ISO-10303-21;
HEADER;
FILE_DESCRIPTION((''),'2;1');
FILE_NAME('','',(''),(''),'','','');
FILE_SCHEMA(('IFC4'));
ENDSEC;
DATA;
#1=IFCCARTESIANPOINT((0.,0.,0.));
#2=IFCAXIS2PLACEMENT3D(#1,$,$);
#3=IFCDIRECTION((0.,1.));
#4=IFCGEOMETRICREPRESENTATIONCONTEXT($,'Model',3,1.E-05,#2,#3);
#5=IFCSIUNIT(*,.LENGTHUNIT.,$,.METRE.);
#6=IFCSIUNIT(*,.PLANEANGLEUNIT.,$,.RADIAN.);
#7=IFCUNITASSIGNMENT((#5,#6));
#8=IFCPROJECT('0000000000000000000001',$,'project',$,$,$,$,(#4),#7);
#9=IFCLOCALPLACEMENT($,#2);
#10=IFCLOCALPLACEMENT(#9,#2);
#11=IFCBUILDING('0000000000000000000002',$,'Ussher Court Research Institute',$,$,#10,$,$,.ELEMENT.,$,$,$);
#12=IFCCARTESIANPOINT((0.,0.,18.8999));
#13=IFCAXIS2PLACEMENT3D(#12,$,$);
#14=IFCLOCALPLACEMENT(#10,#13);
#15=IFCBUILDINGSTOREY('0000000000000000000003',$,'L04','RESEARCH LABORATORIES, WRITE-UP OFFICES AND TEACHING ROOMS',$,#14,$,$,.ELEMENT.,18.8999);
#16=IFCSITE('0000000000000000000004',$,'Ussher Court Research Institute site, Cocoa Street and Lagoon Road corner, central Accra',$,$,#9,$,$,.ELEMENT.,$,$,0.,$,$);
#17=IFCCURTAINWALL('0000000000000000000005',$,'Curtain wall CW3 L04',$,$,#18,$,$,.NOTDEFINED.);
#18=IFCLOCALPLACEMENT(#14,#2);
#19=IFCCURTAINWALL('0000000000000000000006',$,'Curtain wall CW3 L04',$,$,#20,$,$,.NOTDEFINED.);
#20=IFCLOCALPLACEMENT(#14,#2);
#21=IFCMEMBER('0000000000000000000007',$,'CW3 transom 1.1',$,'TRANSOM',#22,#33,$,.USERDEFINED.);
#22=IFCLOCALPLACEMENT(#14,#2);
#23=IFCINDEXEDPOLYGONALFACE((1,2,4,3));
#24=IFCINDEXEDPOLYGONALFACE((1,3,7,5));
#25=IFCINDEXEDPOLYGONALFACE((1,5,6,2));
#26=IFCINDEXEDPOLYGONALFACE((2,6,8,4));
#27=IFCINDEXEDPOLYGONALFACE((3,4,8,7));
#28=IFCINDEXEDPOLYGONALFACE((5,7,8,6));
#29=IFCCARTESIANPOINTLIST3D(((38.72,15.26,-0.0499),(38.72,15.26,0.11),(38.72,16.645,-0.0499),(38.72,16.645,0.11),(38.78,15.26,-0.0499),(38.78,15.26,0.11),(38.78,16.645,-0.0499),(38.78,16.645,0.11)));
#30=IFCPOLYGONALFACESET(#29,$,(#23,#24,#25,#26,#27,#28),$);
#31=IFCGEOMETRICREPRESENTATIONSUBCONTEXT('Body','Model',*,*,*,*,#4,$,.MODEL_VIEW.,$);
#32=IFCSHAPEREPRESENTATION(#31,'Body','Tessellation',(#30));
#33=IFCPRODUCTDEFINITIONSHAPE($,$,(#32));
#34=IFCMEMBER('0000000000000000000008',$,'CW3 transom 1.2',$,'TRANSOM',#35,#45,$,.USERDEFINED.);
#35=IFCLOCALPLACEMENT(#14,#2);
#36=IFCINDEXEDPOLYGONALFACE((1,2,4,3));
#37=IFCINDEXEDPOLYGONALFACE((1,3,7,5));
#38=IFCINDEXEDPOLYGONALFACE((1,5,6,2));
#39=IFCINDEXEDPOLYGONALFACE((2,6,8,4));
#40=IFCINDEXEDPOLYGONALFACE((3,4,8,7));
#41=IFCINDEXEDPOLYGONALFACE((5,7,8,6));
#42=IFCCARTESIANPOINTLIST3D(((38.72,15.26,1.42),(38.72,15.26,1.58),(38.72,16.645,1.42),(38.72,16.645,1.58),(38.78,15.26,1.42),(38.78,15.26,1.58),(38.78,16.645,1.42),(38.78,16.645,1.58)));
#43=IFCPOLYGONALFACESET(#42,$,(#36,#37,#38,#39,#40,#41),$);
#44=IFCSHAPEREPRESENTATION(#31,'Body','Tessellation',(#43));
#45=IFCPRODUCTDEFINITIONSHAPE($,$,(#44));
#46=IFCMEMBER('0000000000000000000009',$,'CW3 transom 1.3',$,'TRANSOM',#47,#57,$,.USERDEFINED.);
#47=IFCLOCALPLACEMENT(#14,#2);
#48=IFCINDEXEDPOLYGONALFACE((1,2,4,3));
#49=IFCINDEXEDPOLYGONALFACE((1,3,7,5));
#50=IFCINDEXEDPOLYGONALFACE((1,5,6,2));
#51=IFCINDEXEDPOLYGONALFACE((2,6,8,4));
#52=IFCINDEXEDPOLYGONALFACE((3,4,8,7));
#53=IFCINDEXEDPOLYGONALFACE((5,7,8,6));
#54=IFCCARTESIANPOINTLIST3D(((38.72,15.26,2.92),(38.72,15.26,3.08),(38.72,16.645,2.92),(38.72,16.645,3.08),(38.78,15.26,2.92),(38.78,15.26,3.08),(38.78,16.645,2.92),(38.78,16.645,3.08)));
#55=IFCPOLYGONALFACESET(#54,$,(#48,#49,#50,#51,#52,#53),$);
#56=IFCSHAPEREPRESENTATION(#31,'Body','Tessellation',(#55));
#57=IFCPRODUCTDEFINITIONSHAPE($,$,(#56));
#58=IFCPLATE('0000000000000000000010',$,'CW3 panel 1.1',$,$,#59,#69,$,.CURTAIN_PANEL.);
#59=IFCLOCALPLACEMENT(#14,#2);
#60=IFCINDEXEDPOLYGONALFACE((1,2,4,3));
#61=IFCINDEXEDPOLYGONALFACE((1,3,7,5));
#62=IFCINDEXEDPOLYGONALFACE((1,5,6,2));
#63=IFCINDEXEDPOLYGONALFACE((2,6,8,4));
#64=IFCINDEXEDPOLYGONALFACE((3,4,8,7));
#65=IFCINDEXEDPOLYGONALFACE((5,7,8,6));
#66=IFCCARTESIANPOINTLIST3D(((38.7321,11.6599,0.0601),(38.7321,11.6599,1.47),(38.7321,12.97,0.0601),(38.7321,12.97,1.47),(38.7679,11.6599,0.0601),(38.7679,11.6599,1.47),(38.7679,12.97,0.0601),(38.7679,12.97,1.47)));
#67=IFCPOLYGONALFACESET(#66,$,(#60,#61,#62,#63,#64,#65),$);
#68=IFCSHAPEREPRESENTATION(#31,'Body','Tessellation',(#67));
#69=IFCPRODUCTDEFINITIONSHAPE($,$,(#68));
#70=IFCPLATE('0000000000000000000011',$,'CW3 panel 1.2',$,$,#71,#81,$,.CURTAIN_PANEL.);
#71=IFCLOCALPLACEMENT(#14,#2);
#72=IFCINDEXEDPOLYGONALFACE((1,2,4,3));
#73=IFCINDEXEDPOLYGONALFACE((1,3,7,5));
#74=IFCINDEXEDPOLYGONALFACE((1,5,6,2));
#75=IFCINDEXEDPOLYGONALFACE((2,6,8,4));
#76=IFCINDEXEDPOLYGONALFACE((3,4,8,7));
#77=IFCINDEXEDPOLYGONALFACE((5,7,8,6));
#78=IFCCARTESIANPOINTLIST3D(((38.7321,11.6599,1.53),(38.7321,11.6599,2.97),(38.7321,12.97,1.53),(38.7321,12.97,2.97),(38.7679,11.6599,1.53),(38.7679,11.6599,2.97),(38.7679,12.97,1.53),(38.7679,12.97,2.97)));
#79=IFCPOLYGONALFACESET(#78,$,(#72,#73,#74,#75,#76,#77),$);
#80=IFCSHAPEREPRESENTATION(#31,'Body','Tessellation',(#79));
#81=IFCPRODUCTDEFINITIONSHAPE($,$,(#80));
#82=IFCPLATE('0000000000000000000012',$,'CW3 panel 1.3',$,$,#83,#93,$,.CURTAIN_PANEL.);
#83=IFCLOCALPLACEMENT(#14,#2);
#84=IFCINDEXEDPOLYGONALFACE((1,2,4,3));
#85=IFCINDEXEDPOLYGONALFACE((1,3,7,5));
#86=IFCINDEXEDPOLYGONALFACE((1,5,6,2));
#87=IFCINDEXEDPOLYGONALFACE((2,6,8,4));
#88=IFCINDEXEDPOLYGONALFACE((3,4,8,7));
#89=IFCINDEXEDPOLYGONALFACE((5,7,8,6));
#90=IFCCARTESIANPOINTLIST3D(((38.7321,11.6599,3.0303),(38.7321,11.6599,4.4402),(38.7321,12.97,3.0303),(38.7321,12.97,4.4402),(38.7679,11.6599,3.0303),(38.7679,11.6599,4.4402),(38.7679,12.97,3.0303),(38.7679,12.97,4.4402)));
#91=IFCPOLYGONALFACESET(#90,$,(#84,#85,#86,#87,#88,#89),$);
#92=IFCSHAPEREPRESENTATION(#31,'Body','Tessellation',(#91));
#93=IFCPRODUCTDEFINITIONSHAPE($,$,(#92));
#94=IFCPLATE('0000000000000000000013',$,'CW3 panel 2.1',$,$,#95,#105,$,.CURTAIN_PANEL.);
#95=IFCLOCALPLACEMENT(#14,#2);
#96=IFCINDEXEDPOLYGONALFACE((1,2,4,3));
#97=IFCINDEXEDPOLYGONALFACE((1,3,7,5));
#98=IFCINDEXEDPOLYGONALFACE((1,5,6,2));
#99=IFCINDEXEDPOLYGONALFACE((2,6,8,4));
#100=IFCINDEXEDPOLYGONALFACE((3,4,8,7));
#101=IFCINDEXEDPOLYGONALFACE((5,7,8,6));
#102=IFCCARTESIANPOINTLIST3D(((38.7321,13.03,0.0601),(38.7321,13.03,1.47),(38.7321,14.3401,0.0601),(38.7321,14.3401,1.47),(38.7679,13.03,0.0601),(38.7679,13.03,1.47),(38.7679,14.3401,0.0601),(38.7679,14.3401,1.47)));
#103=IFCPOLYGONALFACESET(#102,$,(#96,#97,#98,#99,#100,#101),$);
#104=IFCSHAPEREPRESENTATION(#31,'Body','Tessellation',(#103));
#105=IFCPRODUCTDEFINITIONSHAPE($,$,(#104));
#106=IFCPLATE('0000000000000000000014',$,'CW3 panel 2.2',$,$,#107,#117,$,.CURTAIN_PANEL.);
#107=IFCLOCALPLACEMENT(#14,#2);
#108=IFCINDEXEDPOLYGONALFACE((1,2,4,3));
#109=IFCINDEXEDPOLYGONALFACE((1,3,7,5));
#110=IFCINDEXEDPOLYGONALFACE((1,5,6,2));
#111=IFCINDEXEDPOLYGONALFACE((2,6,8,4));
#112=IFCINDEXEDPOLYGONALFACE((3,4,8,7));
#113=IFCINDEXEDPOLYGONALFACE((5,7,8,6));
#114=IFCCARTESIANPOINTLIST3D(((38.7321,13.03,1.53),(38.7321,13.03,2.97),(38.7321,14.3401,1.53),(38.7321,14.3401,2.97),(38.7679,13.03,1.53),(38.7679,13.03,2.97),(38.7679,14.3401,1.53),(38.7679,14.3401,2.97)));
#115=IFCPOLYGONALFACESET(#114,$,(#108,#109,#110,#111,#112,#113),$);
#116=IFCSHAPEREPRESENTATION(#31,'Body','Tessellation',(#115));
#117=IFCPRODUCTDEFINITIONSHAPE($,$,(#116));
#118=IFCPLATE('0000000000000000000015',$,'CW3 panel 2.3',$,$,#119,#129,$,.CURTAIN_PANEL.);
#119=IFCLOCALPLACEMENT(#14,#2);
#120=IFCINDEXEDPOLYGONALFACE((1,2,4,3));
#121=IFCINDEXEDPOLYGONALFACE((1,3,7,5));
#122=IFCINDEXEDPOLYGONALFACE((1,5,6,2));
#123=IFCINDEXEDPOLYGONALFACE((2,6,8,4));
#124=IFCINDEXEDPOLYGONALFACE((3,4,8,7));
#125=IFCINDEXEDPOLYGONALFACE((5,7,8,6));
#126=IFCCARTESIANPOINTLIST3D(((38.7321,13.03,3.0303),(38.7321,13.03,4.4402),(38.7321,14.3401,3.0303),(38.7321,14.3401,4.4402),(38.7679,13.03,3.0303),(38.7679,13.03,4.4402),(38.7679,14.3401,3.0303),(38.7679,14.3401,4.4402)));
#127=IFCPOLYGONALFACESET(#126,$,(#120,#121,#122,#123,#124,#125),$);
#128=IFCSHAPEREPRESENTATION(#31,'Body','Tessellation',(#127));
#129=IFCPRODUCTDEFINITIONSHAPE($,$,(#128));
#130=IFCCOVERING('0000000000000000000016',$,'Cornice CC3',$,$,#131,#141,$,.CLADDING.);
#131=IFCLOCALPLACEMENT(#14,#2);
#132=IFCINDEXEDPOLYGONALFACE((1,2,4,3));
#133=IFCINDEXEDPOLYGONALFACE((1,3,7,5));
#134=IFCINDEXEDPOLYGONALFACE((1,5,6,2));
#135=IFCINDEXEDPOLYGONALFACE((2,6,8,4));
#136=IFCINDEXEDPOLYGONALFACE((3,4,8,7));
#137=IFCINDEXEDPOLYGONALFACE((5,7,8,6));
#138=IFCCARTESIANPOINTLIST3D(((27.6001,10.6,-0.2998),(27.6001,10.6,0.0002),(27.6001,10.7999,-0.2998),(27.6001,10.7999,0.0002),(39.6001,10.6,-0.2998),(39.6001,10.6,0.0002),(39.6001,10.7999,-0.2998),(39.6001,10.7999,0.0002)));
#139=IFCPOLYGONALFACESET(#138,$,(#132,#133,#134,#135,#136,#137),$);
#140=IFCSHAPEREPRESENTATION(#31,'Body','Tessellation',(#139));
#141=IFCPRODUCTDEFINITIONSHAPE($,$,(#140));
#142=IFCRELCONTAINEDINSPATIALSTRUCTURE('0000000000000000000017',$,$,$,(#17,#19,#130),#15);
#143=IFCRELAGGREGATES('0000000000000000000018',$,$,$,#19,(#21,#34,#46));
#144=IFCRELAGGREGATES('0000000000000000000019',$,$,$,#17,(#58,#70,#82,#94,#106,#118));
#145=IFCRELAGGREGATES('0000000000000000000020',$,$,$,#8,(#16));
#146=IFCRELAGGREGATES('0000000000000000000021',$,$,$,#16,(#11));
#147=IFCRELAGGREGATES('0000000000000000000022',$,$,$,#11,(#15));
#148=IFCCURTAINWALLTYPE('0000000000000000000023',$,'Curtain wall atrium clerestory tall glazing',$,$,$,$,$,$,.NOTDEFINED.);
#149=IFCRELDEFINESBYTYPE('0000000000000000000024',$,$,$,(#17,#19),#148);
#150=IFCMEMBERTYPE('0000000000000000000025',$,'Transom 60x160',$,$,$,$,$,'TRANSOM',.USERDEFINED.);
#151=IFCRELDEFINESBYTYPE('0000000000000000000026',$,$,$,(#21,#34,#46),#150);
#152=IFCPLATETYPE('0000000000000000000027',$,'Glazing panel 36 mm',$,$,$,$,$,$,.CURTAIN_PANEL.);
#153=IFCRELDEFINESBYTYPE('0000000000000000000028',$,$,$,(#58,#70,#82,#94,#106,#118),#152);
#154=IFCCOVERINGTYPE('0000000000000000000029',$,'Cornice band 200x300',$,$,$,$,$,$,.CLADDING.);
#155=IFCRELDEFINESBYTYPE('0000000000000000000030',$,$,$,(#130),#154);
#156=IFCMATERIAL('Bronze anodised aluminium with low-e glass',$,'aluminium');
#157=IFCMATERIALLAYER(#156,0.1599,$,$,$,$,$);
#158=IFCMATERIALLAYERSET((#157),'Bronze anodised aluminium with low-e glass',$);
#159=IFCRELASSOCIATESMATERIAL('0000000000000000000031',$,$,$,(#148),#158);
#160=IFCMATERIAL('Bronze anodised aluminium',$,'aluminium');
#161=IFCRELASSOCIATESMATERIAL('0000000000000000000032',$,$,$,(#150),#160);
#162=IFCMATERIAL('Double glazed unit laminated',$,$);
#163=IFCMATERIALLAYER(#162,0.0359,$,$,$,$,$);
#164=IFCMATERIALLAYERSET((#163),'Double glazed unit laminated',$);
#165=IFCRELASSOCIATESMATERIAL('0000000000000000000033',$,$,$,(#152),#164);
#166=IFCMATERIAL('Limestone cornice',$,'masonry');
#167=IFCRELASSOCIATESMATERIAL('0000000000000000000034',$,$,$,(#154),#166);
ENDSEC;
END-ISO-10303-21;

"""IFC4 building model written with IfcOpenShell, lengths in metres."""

from ifc_helpers import new_model, si_unit, direction, frame, origin, origin_2d, place, context, subcontext, project, spatial, rectangle, extrude, material, layer, layer_set, material_profile, profile_set, type_object, element, aggregate, save


model = new_model("IFC4")

# Units and contexts
model_context = context("Model", 3, precision=1e-05, world=origin(), true_north=direction((0.0, 1.0)))
body_context = subcontext(model_context, "Body", "Model", "MODEL_VIEW")
ifc_project = project(units=[si_unit("LENGTHUNIT", "METRE"), si_unit("PLANEANGLEUNIT", "RADIAN")], contexts=[model_context])

# Site, building, storey
site_placement = place(None, origin())
site = spatial("IfcSite", under=ifc_project, at=site_placement, Name="Ussher Court Research Institute site, Cocoa Street and Lagoon Road corner, central Accra", CompositionType="ELEMENT", RefElevation=0.0)
building_placement = place(site_placement, origin())
building = spatial("IfcBuilding", under=site, at=building_placement, Name="Ussher Court Research Institute", CompositionType="ELEMENT")
storey_placement = place(building_placement, frame((0.0, 0.0, 18.8999)))
storey = spatial("IfcBuildingStorey", under=building, at=storey_placement, Name="L04", Description="RESEARCH LABORATORIES, WRITE-UP OFFICES AND TEACHING ROOMS", CompositionType="ELEMENT", Elevation=18.8999)

# Curtain wall
ifc_material_1 = material(Name="Bronze anodised aluminium with low-e glass", Category="aluminium")
ifc_layer_1 = layer(ifc_material_1, 0.1599)
ifc_layer_set_1 = layer_set([ifc_layer_1], Name="Bronze anodised aluminium with low-e glass")
curtain_wall_type = type_object("IfcCurtainWallType", Name="Curtain wall atrium clerestory tall glazing", PredefinedType="NOTDEFINED", material=ifc_layer_set_1)
curtain_wall_1_placement = place(storey_placement, origin())
curtain_wall_1 = element("IfcCurtainWall", 1, at=curtain_wall_1_placement, inside=storey, type_object=curtain_wall_type, Name="Curtain wall CW3 L04", PredefinedType="NOTDEFINED")

# Curtain wall
curtain_wall_2_placement = place(storey_placement, origin())
curtain_wall_2 = element("IfcCurtainWall", 2, at=curtain_wall_2_placement, inside=storey, type_object=curtain_wall_type, Name="Curtain wall CW3 L04", PredefinedType="NOTDEFINED")

# Members
ifc_material_2 = material(Name="Bronze anodised aluminium", Category="aluminium")
ifc_material_profile_1 = material_profile(ifc_material_2, rectangle(XDim=0.0601, YDim=0.1599, at=origin_2d()), Name="Transom 60x160")
ifc_profile_set_1 = profile_set([ifc_material_profile_1], Name="Bronze anodised aluminium")
member_type_1 = type_object("IfcMemberType", Name="Transom 60x160", ElementType="TRANSOM", PredefinedType="USERDEFINED", material=ifc_profile_set_1)
member_1_placement = place(storey_placement, frame((38.75, 15.26, 0.03), z_axis=(0.0, 1.0, 0.0), x_axis=(-1.0, 0.0, 0.0)))
member_1 = element("IfcMember", 3, at=member_1_placement, type_object=member_type_1, Name="CW3 transom 1.1", ObjectType="TRANSOM", PredefinedType="USERDEFINED", context=body_context, shape_type="SweptSolid", body=[
    extrude(rectangle(XDim=0.0601, YDim=0.1599, at=origin_2d()), origin(), (0.0, 0.0, 1.0), 1.385),
])
member_2_placement = place(storey_placement, frame((38.75, 15.26, 1.5), z_axis=(0.0, 1.0, 0.0), x_axis=(-1.0, 0.0, 0.0)))
member_2 = element("IfcMember", 4, at=member_2_placement, type_object=member_type_1, Name="CW3 transom 1.2", ObjectType="TRANSOM", PredefinedType="USERDEFINED", context=body_context, shape_type="SweptSolid", body=[
    extrude(rectangle(XDim=0.0601, YDim=0.1599, at=origin_2d()), origin(), (0.0, 0.0, 1.0), 1.385),
])
member_3_placement = place(storey_placement, frame((38.75, 15.26, 3.0), z_axis=(0.0, 1.0, 0.0), x_axis=(-1.0, 0.0, 0.0)))
member_3 = element("IfcMember", 5, at=member_3_placement, type_object=member_type_1, Name="CW3 transom 1.3", ObjectType="TRANSOM", PredefinedType="USERDEFINED", context=body_context, shape_type="SweptSolid", body=[
    extrude(rectangle(XDim=0.0601, YDim=0.1599, at=origin_2d()), origin(), (0.0, 0.0, 1.0), 1.385),
])
aggregate(curtain_wall_2, [member_1, member_2, member_3])

# Plates
ifc_material_3 = material(Name="Double glazed unit laminated")
ifc_layer_2 = layer(ifc_material_3, 0.0359)
ifc_layer_set_2 = layer_set([ifc_layer_2], Name="Double glazed unit laminated")
plate_type = type_object("IfcPlateType", Name="Glazing panel 36 mm", PredefinedType="CURTAIN_PANEL", material=ifc_layer_set_2)
plate_1_placement = place(storey_placement, frame((38.75, 12.3149, 0.0601), z_axis=(0.0, 0.0, 1.0), x_axis=(0.0, 1.0, 0.0)))
plate_1 = element("IfcPlate", 6, at=plate_1_placement, type_object=plate_type, Name="CW3 panel 1.1", PredefinedType="CURTAIN_PANEL", context=body_context, shape_type="SweptSolid", body=[
    extrude(rectangle(XDim=1.3101, YDim=0.0359, at=origin_2d()), origin(), (0.0, 0.0, 1.0), 1.4099),
])
plate_2_placement = place(storey_placement, frame((38.75, 12.3149, 1.53), z_axis=(0.0, 0.0, 1.0), x_axis=(0.0, 1.0, 0.0)))
plate_2 = element("IfcPlate", 7, at=plate_2_placement, type_object=plate_type, Name="CW3 panel 1.2", PredefinedType="CURTAIN_PANEL", context=body_context, shape_type="SweptSolid", body=[
    extrude(rectangle(XDim=1.3101, YDim=0.0359, at=origin_2d()), origin(), (0.0, 0.0, 1.0), 1.4399),
])
plate_3_placement = place(storey_placement, frame((38.75, 12.3149, 3.0303), z_axis=(0.0, 0.0, 1.0), x_axis=(0.0, 1.0, 0.0)))
plate_3 = element("IfcPlate", 8, at=plate_3_placement, type_object=plate_type, Name="CW3 panel 1.3", PredefinedType="CURTAIN_PANEL", context=body_context, shape_type="SweptSolid", body=[
    extrude(rectangle(XDim=1.3101, YDim=0.0359, at=origin_2d()), origin(), (0.0, 0.0, 1.0), 1.4099),
])
plate_4_placement = place(storey_placement, frame((38.75, 13.6851, 0.0601), z_axis=(0.0, 0.0, 1.0), x_axis=(0.0, 1.0, 0.0)))
plate_4 = element("IfcPlate", 9, at=plate_4_placement, type_object=plate_type, Name="CW3 panel 2.1", PredefinedType="CURTAIN_PANEL", context=body_context, shape_type="SweptSolid", body=[
    extrude(rectangle(XDim=1.3101, YDim=0.0359, at=origin_2d()), origin(), (0.0, 0.0, 1.0), 1.4099),
])
plate_5_placement = place(storey_placement, frame((38.75, 13.6851, 1.53), z_axis=(0.0, 0.0, 1.0), x_axis=(0.0, 1.0, 0.0)))
plate_5 = element("IfcPlate", 10, at=plate_5_placement, type_object=plate_type, Name="CW3 panel 2.2", PredefinedType="CURTAIN_PANEL", context=body_context, shape_type="SweptSolid", body=[
    extrude(rectangle(XDim=1.3101, YDim=0.0359, at=origin_2d()), origin(), (0.0, 0.0, 1.0), 1.4399),
])
plate_6_placement = place(storey_placement, frame((38.75, 13.6851, 3.0303), z_axis=(0.0, 0.0, 1.0), x_axis=(0.0, 1.0, 0.0)))
plate_6 = element("IfcPlate", 11, at=plate_6_placement, type_object=plate_type, Name="CW3 panel 2.3", PredefinedType="CURTAIN_PANEL", context=body_context, shape_type="SweptSolid", body=[
    extrude(rectangle(XDim=1.3101, YDim=0.0359, at=origin_2d()), origin(), (0.0, 0.0, 1.0), 1.4099),
])
aggregate(curtain_wall_1, [plate_1, plate_2, plate_3, plate_4, plate_5, plate_6])

# Covering
ifc_material_4 = material(Name="Limestone cornice", Category="masonry")
covering_type = type_object("IfcCoveringType", Name="Cornice band 200x300", PredefinedType="CLADDING", material=ifc_material_4)
covering_placement = place(storey_placement, frame((33.6001, 10.7, -0.2998), z_axis=(0.0, 0.0, 1.0), x_axis=(1.0, 0.0, 0.0)))
element("IfcCovering", 12, at=covering_placement, inside=storey, type_object=covering_type, Name="Cornice CC3", PredefinedType="CLADDING", context=body_context, shape_type="SweptSolid", body=[
    extrude(rectangle(XDim=12.0, YDim=0.2, at=origin_2d()), origin(), (0.0, 0.0, 1.0), 0.3),
])

save(model, "model.ifc")
